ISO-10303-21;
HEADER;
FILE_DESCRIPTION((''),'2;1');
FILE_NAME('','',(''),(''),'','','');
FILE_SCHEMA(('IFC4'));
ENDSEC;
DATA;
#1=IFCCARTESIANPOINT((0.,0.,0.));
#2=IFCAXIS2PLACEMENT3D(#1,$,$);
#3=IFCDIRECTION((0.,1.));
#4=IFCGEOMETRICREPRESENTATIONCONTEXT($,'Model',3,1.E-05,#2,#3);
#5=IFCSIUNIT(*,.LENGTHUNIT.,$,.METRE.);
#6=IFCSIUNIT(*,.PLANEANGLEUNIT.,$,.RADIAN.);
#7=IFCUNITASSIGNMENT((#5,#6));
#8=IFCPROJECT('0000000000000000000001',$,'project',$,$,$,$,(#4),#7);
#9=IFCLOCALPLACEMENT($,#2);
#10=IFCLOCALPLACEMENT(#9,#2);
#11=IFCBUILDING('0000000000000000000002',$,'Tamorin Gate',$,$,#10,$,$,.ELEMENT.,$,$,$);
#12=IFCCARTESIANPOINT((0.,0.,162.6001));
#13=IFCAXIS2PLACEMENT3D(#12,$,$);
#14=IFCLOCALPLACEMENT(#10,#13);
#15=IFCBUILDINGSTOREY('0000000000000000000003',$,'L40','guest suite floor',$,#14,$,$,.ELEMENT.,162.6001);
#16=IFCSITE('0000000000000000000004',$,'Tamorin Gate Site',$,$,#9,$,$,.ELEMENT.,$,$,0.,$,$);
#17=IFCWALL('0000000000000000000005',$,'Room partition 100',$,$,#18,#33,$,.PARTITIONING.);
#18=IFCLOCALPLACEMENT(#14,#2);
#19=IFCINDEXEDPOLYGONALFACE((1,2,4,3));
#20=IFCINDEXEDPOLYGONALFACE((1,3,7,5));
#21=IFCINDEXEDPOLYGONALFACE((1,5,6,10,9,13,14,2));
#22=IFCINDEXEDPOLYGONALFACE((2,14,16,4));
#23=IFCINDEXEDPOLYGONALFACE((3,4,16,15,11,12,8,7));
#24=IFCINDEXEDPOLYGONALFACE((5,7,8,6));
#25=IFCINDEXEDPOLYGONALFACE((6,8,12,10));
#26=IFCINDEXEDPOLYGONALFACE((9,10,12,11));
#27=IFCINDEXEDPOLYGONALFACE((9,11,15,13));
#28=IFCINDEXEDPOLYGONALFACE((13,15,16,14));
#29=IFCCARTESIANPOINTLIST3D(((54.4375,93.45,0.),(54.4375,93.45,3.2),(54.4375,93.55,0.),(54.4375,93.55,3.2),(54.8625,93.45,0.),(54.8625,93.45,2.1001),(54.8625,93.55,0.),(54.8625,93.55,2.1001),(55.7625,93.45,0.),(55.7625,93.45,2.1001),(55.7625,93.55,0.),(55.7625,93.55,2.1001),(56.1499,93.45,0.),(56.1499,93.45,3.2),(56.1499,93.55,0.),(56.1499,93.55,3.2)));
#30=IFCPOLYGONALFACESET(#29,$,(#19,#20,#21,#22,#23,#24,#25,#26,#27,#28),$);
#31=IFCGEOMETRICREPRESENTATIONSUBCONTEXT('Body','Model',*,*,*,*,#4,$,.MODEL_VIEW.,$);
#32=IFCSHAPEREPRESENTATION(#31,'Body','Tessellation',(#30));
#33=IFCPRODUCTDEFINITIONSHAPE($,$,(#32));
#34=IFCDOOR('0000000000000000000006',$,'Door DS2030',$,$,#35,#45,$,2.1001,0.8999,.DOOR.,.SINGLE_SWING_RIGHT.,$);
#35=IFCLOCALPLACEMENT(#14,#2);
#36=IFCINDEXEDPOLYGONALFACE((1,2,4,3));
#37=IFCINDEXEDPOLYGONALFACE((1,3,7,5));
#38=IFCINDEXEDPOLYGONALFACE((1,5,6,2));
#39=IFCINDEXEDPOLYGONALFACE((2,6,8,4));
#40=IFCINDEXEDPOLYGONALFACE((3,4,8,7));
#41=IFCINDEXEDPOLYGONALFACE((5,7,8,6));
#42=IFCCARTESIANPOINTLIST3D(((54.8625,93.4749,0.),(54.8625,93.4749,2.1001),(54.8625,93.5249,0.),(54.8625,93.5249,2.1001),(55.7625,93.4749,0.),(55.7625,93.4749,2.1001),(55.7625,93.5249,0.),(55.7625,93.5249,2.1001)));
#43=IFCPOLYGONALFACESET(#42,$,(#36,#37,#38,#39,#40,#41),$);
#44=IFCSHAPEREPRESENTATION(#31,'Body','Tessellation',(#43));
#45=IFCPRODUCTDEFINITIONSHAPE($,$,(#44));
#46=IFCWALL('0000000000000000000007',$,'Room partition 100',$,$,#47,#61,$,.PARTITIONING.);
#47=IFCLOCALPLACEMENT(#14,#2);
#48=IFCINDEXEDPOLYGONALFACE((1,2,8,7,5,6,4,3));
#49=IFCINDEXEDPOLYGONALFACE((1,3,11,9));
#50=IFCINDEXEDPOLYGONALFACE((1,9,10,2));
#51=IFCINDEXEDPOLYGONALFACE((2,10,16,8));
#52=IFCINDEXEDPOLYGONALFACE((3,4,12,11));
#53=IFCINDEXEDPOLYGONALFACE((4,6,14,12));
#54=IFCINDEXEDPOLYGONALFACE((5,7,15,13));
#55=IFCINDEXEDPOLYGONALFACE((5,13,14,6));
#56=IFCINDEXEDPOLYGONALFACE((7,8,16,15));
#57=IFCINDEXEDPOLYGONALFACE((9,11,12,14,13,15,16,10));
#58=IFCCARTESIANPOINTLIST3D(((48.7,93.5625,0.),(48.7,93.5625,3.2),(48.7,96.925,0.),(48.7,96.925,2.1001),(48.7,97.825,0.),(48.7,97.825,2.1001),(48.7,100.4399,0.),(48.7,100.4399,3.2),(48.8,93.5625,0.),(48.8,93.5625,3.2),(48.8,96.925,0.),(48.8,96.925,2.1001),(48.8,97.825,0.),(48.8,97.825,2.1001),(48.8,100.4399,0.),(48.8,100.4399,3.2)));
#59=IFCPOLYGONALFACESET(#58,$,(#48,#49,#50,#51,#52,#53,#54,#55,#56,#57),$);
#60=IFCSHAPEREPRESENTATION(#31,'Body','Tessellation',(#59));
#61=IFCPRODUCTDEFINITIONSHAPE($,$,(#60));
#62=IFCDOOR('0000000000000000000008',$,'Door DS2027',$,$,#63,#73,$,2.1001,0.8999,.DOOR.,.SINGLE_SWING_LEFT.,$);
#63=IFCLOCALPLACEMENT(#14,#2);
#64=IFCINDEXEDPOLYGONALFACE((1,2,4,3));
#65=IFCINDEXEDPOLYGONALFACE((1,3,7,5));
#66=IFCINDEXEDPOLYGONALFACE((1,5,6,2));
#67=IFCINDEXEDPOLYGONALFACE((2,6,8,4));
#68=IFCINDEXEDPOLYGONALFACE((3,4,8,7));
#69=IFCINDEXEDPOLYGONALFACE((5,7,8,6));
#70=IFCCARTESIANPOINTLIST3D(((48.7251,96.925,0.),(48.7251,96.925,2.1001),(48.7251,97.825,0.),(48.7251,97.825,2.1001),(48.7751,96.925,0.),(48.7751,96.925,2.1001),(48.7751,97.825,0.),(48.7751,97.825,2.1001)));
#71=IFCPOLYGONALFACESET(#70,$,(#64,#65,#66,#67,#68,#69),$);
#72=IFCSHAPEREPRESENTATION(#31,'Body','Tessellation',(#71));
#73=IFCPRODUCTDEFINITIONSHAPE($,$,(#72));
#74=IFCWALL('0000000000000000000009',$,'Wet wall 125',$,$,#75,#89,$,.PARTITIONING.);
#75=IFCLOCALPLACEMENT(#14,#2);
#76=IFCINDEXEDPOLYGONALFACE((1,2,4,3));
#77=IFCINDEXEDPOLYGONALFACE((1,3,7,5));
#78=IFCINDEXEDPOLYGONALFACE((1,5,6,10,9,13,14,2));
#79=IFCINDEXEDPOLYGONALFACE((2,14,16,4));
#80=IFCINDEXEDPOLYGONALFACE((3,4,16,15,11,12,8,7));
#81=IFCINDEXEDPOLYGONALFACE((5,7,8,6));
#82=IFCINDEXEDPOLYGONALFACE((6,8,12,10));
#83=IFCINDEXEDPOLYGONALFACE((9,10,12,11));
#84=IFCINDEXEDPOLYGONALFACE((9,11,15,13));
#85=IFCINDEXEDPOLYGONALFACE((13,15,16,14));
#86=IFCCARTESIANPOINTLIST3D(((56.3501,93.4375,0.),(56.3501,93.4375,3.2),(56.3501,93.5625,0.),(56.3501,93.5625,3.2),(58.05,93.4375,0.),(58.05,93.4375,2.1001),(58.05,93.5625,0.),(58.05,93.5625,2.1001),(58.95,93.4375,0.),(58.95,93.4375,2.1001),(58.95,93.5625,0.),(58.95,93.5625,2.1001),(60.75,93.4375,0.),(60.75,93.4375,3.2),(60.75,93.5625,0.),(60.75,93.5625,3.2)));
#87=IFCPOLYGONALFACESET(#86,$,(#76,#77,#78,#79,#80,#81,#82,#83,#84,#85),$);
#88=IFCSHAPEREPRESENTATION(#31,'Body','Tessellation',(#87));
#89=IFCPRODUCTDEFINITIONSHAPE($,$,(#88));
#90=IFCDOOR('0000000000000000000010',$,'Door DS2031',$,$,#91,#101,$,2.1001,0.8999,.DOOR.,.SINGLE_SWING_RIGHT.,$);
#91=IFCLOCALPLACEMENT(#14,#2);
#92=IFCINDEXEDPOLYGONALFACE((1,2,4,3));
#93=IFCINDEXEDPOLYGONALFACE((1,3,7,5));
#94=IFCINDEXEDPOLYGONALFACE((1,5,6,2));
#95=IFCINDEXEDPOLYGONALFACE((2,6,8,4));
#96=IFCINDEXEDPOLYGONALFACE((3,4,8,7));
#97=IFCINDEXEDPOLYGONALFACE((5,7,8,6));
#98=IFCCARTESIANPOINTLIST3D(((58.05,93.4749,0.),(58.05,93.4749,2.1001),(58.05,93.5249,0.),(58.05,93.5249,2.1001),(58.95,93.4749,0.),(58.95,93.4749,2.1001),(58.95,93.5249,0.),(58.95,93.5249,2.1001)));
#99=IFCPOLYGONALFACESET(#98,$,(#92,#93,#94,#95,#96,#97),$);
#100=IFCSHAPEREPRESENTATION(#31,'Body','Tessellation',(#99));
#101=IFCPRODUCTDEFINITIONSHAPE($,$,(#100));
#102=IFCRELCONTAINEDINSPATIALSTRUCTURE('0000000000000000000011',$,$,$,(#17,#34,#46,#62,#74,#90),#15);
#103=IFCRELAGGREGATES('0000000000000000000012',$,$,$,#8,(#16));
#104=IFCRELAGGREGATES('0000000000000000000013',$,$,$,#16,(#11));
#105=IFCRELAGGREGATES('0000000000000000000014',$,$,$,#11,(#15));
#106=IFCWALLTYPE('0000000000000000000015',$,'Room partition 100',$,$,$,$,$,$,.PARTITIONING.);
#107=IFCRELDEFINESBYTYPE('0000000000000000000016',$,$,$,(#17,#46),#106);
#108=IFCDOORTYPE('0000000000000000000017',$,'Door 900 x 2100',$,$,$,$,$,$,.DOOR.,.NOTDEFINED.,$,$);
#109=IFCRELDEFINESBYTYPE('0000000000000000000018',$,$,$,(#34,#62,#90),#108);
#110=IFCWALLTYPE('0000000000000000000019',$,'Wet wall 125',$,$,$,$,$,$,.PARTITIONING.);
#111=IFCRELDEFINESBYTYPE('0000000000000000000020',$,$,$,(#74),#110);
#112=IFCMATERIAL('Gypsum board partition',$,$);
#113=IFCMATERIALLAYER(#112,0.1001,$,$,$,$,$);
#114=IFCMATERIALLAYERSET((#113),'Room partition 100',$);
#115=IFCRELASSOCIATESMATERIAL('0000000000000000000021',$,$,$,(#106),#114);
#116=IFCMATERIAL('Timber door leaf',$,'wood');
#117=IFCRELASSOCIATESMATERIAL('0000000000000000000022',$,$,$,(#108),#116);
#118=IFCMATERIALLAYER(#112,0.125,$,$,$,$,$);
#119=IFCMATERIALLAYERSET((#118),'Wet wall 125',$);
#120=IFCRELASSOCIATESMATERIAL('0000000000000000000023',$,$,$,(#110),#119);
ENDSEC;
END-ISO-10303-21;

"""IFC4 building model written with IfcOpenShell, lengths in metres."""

from ifc_helpers import new_model, si_unit, direction, frame, frame_2d, origin, place, context, subcontext, project, spatial, rectangle, extrude, material, layer, layer_set, type_object, element, fill, save


model = new_model("IFC4")

# Units and contexts
model_context = context("Model", 3, precision=1e-05, world=origin(), true_north=direction((0.0, 1.0)))
body_context = subcontext(model_context, "Body", "Model", "MODEL_VIEW")
ifc_project = project(units=[si_unit("LENGTHUNIT", "METRE"), si_unit("PLANEANGLEUNIT", "RADIAN")], contexts=[model_context])

# Site, building, storey
site_placement = place(None, origin())
site = spatial("IfcSite", under=ifc_project, at=site_placement, Name="Tamorin Gate Site", CompositionType="ELEMENT", RefElevation=0.0)
building_placement = place(site_placement, origin())
building = spatial("IfcBuilding", under=site, at=building_placement, Name="Tamorin Gate", CompositionType="ELEMENT")
storey_placement = place(building_placement, frame((0.0, 0.0, 162.6001)))
storey = spatial("IfcBuildingStorey", under=building, at=storey_placement, Name="L40", Description="guest suite floor", CompositionType="ELEMENT", Elevation=162.6001)

# Walls, openings, doors
ifc_material_1 = material(Name="Gypsum board partition")
ifc_layer_1 = layer(ifc_material_1, 0.1001)
ifc_layer_set_1 = layer_set([ifc_layer_1], Name="Room partition 100")
wall_type_1 = type_object("IfcWallType", Name="Room partition 100", PredefinedType="PARTITIONING", material=ifc_layer_set_1)
wall_1_placement = place(storey_placement, frame((54.4375, 93.5, 0.0), z_axis=(0.0, 0.0, 1.0), x_axis=(1.0, 0.0, 0.0)))
wall_1 = element("IfcWall", 1, at=wall_1_placement, inside=storey, type_object=wall_type_1, Name="Room partition 100", PredefinedType="PARTITIONING", context=body_context, shape_type="SweptSolid", body=[
    extrude(rectangle(XDim=1.7124, YDim=0.1001, at=frame_2d((0.8562, 0.0))), origin(), (0.0, 0.0, 1.0), 3.2),
])
opening_1_placement = place(wall_1_placement, frame((0.425, 0.0, 0.0)))
opening_1 = element("IfcOpeningElement", 2, at=opening_1_placement, cuts=wall_1, PredefinedType="OPENING", context=body_context, shape_type="SweptSolid", body=[
    extrude(rectangle(XDim=0.8999, YDim=2.1001, at=frame_2d((0.45, 1.05))), frame((0.0, 0.0601, 0.0), z_axis=(0.0, -1.0, 0.0), x_axis=(1.0, 0.0, 0.0)), (0.0, 0.0, 1.0), 0.1201),
])
ifc_material_2 = material(Name="Timber door leaf", Category="wood")
door_type = type_object("IfcDoorType", Name="Door 900 x 2100", OperationType="NOTDEFINED", PredefinedType="DOOR", material=ifc_material_2)
door_1_placement = place(opening_1_placement, origin())
door_1 = element("IfcDoor", 3, at=door_1_placement, inside=storey, type_object=door_type, Name="Door DS2030", OperationType="SINGLE_SWING_RIGHT", OverallHeight=2.1001, OverallWidth=0.8999, PredefinedType="DOOR", context=body_context, shape_type="SweptSolid", body=[
    extrude(rectangle(XDim=0.8999, YDim=2.1001, at=frame_2d((0.45, 1.05))), frame((0.0, 0.0249, 0.0), z_axis=(0.0, -1.0, 0.0), x_axis=(1.0, 0.0, 0.0)), (0.0, 0.0, 1.0), 0.05),
])
fill(opening_1, door_1)
wall_2_placement = place(storey_placement, frame((48.75, 93.5625, 0.0), z_axis=(0.0, 0.0, 1.0), x_axis=(0.0, 1.0, 0.0)))
wall_2 = element("IfcWall", 4, at=wall_2_placement, inside=storey, type_object=wall_type_1, Name="Room partition 100", PredefinedType="PARTITIONING", context=body_context, shape_type="SweptSolid", body=[
    extrude(rectangle(XDim=6.8774, YDim=0.1001, at=frame_2d((3.4387, 0.0))), origin(), (0.0, 0.0, 1.0), 3.2),
])
opening_2_placement = place(wall_2_placement, frame((3.3625, 0.0, 0.0)))
opening_2 = element("IfcOpeningElement", 5, at=opening_2_placement, cuts=wall_2, PredefinedType="OPENING", context=body_context, shape_type="SweptSolid", body=[
    extrude(rectangle(XDim=0.8999, YDim=2.1001, at=frame_2d((0.45, 1.05))), frame((0.0, 0.0601, 0.0), z_axis=(0.0, -1.0, 0.0), x_axis=(1.0, 0.0, 0.0)), (0.0, 0.0, 1.0), 0.1201),
])
door_2_placement = place(opening_2_placement, origin())
door_2 = element("IfcDoor", 6, at=door_2_placement, inside=storey, type_object=door_type, Name="Door DS2027", OperationType="SINGLE_SWING_LEFT", OverallHeight=2.1001, OverallWidth=0.8999, PredefinedType="DOOR", context=body_context, shape_type="SweptSolid", body=[
    extrude(rectangle(XDim=0.8999, YDim=2.1001, at=frame_2d((0.45, 1.05))), frame((0.0, 0.0249, 0.0), z_axis=(0.0, -1.0, 0.0), x_axis=(1.0, 0.0, 0.0)), (0.0, 0.0, 1.0), 0.05),
])
fill(opening_2, door_2)
ifc_layer_2 = layer(ifc_material_1, 0.125)
ifc_layer_set_2 = layer_set([ifc_layer_2], Name="Wet wall 125")
wall_type_2 = type_object("IfcWallType", Name="Wet wall 125", PredefinedType="PARTITIONING", material=ifc_layer_set_2)
wall_3_placement = place(storey_placement, frame((56.3501, 93.5, 0.0), z_axis=(0.0, 0.0, 1.0), x_axis=(1.0, 0.0, 0.0)))
wall_3 = element("IfcWall", 7, at=wall_3_placement, inside=storey, type_object=wall_type_2, Name="Wet wall 125", PredefinedType="PARTITIONING", context=body_context, shape_type="SweptSolid", body=[
    extrude(rectangle(XDim=4.3999, YDim=0.125, at=frame_2d((2.2, 0.0))), origin(), (0.0, 0.0, 1.0), 3.2),
])
opening_3_placement = place(wall_3_placement, frame((1.7, 0.0, 0.0)))
opening_3 = element("IfcOpeningElement", 8, at=opening_3_placement, cuts=wall_3, PredefinedType="OPENING", context=body_context, shape_type="SweptSolid", body=[
    extrude(rectangle(XDim=0.8999, YDim=2.1001, at=frame_2d((0.45, 1.05))), frame((0.0, 0.0725, 0.0), z_axis=(0.0, -1.0, 0.0), x_axis=(1.0, 0.0, 0.0)), (0.0, 0.0, 1.0), 0.145),
])
door_3_placement = place(opening_3_placement, origin())
door_3 = element("IfcDoor", 9, at=door_3_placement, inside=storey, type_object=door_type, Name="Door DS2031", OperationType="SINGLE_SWING_RIGHT", OverallHeight=2.1001, OverallWidth=0.8999, PredefinedType="DOOR", context=body_context, shape_type="SweptSolid", body=[
    extrude(rectangle(XDim=0.8999, YDim=2.1001, at=frame_2d((0.45, 1.05))), frame((0.0, 0.0249, 0.0), z_axis=(0.0, -1.0, 0.0), x_axis=(1.0, 0.0, 0.0)), (0.0, 0.0, 1.0), 0.05),
])
fill(opening_3, door_3)

save(model, "model.ifc")
